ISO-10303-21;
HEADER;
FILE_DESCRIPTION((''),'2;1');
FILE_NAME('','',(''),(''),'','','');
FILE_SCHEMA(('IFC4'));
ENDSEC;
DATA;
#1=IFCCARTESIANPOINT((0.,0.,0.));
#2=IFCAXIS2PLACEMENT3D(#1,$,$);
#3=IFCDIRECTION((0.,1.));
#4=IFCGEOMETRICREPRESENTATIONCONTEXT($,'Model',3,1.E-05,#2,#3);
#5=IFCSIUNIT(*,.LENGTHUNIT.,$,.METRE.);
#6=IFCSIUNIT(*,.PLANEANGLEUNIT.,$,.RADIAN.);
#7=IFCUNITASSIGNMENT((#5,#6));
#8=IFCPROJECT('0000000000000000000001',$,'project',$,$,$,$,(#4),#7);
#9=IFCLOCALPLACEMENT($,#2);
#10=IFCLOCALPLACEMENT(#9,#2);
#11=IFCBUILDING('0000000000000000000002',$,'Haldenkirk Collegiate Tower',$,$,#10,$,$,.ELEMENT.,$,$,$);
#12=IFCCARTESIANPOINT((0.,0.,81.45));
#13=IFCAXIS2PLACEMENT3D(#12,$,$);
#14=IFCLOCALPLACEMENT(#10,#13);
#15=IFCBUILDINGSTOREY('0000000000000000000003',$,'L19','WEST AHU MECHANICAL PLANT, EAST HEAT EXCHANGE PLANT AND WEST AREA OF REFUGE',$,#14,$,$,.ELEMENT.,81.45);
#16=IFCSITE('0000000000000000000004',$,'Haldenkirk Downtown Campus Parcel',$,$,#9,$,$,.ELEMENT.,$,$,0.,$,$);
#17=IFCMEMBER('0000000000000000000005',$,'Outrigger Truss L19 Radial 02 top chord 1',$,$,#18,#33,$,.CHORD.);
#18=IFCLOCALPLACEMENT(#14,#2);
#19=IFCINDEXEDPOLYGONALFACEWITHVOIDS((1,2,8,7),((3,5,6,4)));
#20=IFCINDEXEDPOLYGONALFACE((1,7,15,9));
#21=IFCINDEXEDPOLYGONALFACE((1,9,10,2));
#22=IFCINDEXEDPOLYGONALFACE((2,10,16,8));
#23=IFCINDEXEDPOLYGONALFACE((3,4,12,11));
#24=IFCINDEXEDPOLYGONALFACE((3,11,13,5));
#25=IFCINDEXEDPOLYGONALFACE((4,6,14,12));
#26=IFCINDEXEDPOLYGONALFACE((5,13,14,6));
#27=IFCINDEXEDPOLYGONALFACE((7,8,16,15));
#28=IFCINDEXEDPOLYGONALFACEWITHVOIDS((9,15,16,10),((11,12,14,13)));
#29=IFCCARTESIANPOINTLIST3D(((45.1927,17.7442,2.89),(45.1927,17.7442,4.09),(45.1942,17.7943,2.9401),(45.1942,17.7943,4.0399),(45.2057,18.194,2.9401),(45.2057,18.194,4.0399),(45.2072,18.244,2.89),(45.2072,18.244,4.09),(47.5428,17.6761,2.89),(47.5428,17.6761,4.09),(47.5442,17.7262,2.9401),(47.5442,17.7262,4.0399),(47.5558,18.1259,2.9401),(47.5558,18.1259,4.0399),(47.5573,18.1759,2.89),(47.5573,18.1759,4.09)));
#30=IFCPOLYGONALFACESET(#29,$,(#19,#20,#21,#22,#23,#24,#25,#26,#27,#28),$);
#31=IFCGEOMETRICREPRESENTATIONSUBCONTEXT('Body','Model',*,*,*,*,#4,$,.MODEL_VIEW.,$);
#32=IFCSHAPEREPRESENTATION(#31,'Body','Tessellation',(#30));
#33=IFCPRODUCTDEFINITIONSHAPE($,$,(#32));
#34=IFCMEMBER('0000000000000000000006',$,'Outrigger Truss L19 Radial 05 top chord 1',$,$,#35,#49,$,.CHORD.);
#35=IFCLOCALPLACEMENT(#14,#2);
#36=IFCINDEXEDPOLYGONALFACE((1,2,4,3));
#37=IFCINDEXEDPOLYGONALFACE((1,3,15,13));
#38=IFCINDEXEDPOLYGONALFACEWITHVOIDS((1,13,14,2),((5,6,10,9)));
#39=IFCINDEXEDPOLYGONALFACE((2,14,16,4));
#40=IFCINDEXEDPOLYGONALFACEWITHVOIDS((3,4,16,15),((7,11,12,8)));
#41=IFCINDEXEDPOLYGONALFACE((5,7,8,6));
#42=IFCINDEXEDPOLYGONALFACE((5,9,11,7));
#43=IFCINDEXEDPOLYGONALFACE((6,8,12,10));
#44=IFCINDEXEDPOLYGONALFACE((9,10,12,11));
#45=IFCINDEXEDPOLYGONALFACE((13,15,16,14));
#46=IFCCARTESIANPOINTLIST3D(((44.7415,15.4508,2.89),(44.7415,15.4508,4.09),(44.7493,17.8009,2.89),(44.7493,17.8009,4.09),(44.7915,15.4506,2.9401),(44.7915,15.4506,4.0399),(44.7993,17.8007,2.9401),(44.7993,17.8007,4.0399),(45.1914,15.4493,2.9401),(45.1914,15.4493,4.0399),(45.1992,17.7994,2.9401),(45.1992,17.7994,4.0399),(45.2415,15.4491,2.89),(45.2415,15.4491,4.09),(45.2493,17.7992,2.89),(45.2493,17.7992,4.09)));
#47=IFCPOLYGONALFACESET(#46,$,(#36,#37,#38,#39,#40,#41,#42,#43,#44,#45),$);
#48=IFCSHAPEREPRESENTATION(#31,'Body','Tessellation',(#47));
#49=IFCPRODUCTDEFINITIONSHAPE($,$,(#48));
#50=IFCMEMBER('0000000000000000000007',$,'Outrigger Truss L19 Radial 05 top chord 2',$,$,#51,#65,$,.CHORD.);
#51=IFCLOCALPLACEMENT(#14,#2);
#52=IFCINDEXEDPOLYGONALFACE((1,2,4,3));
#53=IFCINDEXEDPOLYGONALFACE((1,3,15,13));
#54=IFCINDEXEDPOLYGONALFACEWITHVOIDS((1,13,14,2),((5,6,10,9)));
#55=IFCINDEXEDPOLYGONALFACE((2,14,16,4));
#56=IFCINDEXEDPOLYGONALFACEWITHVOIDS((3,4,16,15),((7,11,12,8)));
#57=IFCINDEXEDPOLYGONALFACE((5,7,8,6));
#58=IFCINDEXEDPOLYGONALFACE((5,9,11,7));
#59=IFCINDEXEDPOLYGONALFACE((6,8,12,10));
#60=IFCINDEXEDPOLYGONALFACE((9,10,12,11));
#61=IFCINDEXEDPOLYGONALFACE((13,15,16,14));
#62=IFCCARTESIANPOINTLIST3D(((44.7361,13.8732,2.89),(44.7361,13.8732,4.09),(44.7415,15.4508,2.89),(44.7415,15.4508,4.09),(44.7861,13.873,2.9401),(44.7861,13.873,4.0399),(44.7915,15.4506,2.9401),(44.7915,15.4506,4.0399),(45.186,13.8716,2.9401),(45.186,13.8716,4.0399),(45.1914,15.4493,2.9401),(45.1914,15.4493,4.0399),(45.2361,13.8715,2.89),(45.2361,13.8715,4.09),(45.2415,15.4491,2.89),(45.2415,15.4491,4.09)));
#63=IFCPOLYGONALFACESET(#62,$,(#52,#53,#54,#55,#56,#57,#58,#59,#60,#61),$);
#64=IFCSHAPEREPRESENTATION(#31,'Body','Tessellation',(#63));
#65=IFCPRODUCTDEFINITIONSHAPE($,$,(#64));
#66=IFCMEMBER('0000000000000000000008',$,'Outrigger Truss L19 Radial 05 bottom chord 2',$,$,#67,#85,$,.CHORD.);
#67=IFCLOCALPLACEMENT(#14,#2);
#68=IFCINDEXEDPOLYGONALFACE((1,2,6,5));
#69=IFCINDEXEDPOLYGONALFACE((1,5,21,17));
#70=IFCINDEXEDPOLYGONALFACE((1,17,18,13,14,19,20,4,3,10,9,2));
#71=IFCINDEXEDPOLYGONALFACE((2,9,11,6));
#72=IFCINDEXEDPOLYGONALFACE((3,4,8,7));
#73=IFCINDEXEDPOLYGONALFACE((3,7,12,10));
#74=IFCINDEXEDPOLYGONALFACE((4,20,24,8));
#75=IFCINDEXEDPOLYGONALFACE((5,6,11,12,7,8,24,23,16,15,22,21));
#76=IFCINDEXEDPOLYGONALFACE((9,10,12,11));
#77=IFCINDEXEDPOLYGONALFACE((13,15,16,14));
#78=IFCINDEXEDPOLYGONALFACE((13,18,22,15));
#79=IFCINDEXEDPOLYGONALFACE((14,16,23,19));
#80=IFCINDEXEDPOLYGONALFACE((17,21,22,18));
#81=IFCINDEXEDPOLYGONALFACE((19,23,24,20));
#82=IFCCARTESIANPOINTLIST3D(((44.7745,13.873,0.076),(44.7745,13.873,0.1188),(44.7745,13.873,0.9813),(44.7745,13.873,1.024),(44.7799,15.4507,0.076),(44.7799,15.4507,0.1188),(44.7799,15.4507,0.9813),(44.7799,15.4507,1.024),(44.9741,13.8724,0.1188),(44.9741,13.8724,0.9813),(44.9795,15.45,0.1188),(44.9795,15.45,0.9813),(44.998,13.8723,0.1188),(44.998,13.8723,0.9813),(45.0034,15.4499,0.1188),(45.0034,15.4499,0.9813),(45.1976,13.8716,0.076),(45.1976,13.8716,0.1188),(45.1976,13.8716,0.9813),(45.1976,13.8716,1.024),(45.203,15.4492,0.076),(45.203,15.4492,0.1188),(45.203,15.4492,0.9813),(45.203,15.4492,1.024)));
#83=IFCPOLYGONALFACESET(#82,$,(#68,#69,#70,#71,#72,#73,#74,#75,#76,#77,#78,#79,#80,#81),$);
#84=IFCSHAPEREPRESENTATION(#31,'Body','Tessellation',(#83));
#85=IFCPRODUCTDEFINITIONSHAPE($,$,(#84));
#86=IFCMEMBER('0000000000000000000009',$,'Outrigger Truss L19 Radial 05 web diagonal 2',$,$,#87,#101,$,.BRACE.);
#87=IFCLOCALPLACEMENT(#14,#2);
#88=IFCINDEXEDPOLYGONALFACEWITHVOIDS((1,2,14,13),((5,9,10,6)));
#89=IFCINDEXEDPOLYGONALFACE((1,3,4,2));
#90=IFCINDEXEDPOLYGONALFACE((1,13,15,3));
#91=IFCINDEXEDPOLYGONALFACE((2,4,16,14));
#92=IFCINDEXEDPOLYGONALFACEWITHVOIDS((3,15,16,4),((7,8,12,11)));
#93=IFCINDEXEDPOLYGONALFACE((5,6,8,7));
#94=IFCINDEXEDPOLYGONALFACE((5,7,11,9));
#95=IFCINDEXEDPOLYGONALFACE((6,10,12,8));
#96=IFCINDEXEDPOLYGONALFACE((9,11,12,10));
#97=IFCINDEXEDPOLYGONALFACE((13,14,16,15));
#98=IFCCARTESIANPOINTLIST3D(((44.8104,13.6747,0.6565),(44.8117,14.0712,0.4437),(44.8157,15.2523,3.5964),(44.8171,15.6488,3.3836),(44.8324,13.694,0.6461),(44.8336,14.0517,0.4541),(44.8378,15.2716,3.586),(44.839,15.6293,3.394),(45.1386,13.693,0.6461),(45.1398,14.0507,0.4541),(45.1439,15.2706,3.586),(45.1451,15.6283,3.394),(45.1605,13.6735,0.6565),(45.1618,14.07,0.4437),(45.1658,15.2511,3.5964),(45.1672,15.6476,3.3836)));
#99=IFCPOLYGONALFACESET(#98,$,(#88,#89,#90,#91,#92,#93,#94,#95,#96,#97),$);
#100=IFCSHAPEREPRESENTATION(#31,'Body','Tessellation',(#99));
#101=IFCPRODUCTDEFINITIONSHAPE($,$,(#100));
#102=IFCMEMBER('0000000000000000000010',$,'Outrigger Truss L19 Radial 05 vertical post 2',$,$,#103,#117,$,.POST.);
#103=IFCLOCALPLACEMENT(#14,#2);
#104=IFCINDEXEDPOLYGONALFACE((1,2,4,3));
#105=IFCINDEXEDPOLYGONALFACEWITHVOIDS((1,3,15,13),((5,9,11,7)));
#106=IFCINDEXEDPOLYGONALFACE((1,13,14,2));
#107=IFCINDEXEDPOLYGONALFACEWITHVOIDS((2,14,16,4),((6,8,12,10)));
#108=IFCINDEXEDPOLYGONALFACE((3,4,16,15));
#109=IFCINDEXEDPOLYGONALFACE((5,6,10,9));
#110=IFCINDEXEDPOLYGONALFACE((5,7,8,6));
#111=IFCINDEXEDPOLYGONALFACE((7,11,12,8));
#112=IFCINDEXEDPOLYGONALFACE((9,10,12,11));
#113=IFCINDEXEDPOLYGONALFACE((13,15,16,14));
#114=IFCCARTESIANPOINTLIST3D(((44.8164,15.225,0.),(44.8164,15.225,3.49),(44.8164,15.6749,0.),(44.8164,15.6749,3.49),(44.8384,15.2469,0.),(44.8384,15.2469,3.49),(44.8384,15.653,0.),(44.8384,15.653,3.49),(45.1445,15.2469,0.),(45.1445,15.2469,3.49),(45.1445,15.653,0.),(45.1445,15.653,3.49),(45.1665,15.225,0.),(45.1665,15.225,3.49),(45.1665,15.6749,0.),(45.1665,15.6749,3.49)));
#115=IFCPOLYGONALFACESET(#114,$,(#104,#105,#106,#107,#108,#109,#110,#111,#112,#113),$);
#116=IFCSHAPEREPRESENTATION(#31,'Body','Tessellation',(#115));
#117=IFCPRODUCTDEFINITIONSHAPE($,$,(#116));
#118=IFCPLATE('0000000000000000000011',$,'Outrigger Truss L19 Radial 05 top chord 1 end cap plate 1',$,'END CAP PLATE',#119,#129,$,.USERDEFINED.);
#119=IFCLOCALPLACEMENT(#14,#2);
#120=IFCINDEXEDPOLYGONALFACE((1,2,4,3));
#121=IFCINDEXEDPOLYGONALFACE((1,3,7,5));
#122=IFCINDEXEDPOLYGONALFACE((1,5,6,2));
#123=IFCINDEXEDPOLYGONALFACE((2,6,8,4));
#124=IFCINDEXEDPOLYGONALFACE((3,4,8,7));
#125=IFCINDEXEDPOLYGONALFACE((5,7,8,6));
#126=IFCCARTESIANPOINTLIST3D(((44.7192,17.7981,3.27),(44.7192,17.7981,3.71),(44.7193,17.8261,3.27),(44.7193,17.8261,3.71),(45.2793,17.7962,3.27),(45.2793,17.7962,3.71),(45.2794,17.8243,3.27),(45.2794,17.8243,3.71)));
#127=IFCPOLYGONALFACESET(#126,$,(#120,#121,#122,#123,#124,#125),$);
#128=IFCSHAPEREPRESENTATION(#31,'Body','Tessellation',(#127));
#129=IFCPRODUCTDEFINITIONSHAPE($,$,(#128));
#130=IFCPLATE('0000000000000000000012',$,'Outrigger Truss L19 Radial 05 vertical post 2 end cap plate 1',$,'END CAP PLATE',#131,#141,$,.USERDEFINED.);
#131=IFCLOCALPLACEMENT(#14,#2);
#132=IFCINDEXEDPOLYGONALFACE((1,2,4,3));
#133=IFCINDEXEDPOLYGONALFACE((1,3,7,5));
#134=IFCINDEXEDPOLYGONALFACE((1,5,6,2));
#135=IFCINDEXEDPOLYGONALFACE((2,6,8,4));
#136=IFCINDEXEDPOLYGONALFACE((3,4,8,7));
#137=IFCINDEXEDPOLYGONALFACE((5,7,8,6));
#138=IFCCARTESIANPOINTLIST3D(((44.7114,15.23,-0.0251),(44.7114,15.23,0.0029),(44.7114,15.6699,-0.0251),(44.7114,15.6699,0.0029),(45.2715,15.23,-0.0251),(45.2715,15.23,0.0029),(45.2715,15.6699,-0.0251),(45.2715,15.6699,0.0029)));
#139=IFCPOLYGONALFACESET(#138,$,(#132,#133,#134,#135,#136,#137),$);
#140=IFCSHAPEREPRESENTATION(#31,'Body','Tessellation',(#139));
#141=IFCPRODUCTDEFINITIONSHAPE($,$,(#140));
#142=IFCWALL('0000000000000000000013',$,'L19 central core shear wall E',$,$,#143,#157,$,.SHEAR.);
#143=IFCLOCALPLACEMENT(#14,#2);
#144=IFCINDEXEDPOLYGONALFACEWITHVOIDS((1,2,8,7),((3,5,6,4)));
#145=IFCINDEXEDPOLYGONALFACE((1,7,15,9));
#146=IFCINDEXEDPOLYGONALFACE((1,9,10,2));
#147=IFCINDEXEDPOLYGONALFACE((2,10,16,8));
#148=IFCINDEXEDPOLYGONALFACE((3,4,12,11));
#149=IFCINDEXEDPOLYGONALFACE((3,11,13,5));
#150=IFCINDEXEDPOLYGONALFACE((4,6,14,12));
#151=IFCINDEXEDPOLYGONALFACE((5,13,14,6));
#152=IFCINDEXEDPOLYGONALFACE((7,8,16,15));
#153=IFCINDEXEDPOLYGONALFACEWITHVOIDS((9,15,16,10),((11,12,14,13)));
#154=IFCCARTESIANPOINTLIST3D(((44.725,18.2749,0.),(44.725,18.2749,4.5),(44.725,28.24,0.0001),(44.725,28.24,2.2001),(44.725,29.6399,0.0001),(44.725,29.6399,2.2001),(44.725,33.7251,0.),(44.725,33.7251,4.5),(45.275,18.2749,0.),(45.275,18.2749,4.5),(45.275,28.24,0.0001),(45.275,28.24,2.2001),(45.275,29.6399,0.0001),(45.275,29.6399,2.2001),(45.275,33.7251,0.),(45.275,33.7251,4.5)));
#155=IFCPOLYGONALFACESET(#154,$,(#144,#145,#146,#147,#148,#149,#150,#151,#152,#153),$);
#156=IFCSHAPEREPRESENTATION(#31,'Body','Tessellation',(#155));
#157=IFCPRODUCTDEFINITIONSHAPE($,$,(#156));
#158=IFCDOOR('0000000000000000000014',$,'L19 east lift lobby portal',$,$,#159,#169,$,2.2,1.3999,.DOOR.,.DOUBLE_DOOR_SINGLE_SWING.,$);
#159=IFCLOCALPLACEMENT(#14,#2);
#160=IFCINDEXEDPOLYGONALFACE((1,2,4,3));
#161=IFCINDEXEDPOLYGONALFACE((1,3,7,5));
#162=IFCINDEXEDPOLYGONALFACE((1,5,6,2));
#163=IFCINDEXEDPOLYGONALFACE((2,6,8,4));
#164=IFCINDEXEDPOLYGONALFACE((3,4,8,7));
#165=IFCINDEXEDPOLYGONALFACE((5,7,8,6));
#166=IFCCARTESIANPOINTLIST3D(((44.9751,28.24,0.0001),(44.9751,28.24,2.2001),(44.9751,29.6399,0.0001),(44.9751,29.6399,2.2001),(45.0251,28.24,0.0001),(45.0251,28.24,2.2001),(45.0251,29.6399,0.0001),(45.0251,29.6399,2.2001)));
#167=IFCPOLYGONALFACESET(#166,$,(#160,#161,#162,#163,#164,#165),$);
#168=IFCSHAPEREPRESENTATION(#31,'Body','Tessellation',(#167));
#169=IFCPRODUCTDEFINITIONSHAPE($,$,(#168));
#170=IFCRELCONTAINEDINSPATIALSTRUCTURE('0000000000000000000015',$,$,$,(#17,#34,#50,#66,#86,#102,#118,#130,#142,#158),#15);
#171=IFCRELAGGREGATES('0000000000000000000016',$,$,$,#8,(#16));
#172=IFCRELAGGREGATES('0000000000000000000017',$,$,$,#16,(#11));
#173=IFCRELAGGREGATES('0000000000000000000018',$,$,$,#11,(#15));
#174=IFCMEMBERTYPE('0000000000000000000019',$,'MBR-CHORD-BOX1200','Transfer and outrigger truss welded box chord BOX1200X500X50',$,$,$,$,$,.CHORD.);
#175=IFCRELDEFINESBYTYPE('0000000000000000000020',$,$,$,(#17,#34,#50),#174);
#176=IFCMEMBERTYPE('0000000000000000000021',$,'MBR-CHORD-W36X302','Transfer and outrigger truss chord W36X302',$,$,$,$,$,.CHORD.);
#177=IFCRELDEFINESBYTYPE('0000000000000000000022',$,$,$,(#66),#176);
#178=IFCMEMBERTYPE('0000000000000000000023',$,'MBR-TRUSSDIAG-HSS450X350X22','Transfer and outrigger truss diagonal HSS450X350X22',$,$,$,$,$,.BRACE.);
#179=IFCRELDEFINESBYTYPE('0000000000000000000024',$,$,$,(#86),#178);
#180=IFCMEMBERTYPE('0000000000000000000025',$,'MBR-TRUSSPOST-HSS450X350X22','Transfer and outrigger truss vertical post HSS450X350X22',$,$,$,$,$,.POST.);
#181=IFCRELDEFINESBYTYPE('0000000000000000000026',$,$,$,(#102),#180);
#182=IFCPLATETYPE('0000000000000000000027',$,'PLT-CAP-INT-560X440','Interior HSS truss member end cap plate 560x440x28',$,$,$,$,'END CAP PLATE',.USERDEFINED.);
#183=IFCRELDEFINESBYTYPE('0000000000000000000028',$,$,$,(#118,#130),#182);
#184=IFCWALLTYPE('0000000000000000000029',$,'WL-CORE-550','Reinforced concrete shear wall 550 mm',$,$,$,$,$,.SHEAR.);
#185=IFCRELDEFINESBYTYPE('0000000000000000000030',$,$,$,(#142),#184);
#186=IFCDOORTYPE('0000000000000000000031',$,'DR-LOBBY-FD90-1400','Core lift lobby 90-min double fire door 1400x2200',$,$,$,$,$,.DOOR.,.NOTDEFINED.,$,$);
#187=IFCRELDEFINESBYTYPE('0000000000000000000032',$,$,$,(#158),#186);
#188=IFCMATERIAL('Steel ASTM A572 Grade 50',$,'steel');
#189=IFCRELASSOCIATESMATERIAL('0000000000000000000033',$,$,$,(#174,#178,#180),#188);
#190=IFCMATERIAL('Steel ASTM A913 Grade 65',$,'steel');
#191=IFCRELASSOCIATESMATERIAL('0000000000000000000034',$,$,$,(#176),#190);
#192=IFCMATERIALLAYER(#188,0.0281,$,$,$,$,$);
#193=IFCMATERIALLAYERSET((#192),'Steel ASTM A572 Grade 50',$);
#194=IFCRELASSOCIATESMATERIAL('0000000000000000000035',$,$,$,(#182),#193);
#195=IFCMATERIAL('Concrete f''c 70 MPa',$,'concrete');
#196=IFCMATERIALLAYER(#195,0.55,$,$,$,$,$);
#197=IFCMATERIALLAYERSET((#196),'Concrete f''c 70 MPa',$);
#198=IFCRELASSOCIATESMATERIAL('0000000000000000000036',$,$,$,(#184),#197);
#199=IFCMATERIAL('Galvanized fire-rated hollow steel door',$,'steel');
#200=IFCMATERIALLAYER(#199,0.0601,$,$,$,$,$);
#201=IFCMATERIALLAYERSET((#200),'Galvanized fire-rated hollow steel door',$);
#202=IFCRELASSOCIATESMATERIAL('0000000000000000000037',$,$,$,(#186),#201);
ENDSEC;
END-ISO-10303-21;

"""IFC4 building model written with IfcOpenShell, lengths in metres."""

from ifc_helpers import new_model, si_unit, direction, frame, frame_2d, origin, origin_2d, place, context, subcontext, project, spatial, rectangle, hollow_rectangle, i_section, extrude, source, transform, mapped, material, layer, layer_set, material_profile, profile_set, type_object, element, fill, save


model = new_model("IFC4")

# Units and contexts
model_context = context("Model", 3, precision=1e-05, world=origin(), true_north=direction((0.0, 1.0)))
body_context = subcontext(model_context, "Body", "Model", "MODEL_VIEW")
ifc_project = project(units=[si_unit("LENGTHUNIT", "METRE"), si_unit("PLANEANGLEUNIT", "RADIAN")], contexts=[model_context])

# Site, building, storey
site_placement = place(None, origin())
site = spatial("IfcSite", under=ifc_project, at=site_placement, Name="Haldenkirk Downtown Campus Parcel", CompositionType="ELEMENT", RefElevation=0.0)
building_placement = place(site_placement, origin())
building = spatial("IfcBuilding", under=site, at=building_placement, Name="Haldenkirk Collegiate Tower", CompositionType="ELEMENT")
storey_placement = place(building_placement, frame((0.0, 0.0, 81.45)))
storey = spatial("IfcBuildingStorey", under=building, at=storey_placement, Name="L19", Description="WEST AHU MECHANICAL PLANT, EAST HEAT EXCHANGE PLANT AND WEST AREA OF REFUGE", CompositionType="ELEMENT", Elevation=81.45)

# Members
ifc_material_1 = material(Name="Steel ASTM A572 Grade 50", Category="steel")
ifc_material_profile_1 = material_profile(ifc_material_1, hollow_rectangle(XDim=0.5, YDim=1.2, WallThickness=0.05, at=origin_2d()), Name="BOX1200X500X50")
ifc_profile_set_1 = profile_set([ifc_material_profile_1], Name="Steel ASTM A572 Grade 50")
member_type_1 = type_object("IfcMemberType", Name="MBR-CHORD-BOX1200", Description="Transfer and outrigger truss welded box chord BOX1200X500X50", PredefinedType="CHORD", material=ifc_profile_set_1)
member_1_placement = place(storey_placement, frame((45.2, 17.9941, 3.49), z_axis=(0.99958, -0.028972, 0.0), x_axis=(0.028972, 0.99958, 0.0)))
element("IfcMember", 1, at=member_1_placement, inside=storey, type_object=member_type_1, Name="Outrigger Truss L19 Radial 02 top chord 1", PredefinedType="CHORD", context=body_context, shape_type="SweptSolid", body=[
    extrude(hollow_rectangle(XDim=0.5, YDim=1.2, WallThickness=0.05, at=origin_2d()), origin(), (0.0, 0.0, 1.0), 2.3511),
])
member_2_placement = place(storey_placement, frame((44.9993, 17.8, 3.49), z_axis=(-0.003324, -0.999994, 0.0), x_axis=(0.999994, -0.003324, 0.0)))
element("IfcMember", 2, at=member_2_placement, inside=storey, type_object=member_type_1, Name="Outrigger Truss L19 Radial 05 top chord 1", PredefinedType="CHORD", context=body_context, shape_type="SweptSolid", body=[
    extrude(hollow_rectangle(XDim=0.5, YDim=1.2, WallThickness=0.05, at=origin_2d()), origin(), (0.0, 0.0, 1.0), 2.3501),
])
member_3_placement = place(storey_placement, frame((44.9915, 15.45, 3.49), z_axis=(-0.003404, -0.999994, 0.0), x_axis=(0.999994, -0.003404, 0.0)))
element("IfcMember", 3, at=member_3_placement, inside=storey, type_object=member_type_1, Name="Outrigger Truss L19 Radial 05 top chord 2", PredefinedType="CHORD", context=body_context, shape_type="SweptSolid", body=[
    extrude(hollow_rectangle(XDim=0.5, YDim=1.2, WallThickness=0.05, at=origin_2d()), origin(), (0.0, 0.0, 1.0), 1.5776),
])
ifc_material_2 = material(Name="Steel ASTM A913 Grade 65", Category="steel")
ifc_material_profile_2 = material_profile(ifc_material_2, i_section(OverallWidth=0.4231, OverallDepth=0.948, WebThickness=0.0239, FlangeThickness=0.0427, at=origin_2d()), Name="W36X302")
ifc_profile_set_2 = profile_set([ifc_material_profile_2], Name="Steel ASTM A913 Grade 65")
member_type_2 = type_object("IfcMemberType", Name="MBR-CHORD-W36X302", Description="Transfer and outrigger truss chord W36X302", PredefinedType="CHORD", material=ifc_profile_set_2)
member_4_placement = place(storey_placement, frame((44.9915, 15.45, 0.55), z_axis=(-0.003404, -0.999994, 0.0), x_axis=(0.999994, -0.003404, 0.0)))
element("IfcMember", 4, at=member_4_placement, inside=storey, type_object=member_type_2, Name="Outrigger Truss L19 Radial 05 bottom chord 2", PredefinedType="CHORD", context=body_context, shape_type="SweptSolid", body=[
    extrude(i_section(OverallWidth=0.4231, OverallDepth=0.948, WebThickness=0.0239, FlangeThickness=0.0427, at=origin_2d()), origin(), (0.0, 0.0, 1.0), 1.5776),
])
ifc_material_profile_3 = material_profile(ifc_material_1, hollow_rectangle(XDim=0.3501, YDim=0.45, WallThickness=0.022, at=origin_2d()), Name="HSS450X350X22")
ifc_profile_set_3 = profile_set([ifc_material_profile_3], Name="Steel ASTM A572 Grade 50")
member_type_3 = type_object("IfcMemberType", Name="MBR-TRUSSDIAG-HSS450X350X22", Description="Transfer and outrigger truss diagonal HSS450X350X22", PredefinedType="BRACE", material=ifc_profile_set_3)
member_5_placement = place(storey_placement, frame((44.9915, 15.45, 3.49), z_axis=(-0.00161, -0.472842, -0.881146), x_axis=(0.999994, -0.003404, 0.0)))
element("IfcMember", 5, at=member_5_placement, inside=storey, type_object=member_type_3, Name="Outrigger Truss L19 Radial 05 web diagonal 2", PredefinedType="BRACE", context=body_context, shape_type="SweptSolid", body=[
    extrude(hollow_rectangle(XDim=0.3501, YDim=0.45, WallThickness=0.022, at=origin_2d()), origin(), (0.0, 0.0, 1.0), 3.3364),
])
ifc_material_profile_4 = material_profile(ifc_material_1, hollow_rectangle(XDim=0.3501, YDim=0.45, WallThickness=0.022, at=origin_2d()), Name="HSS450X350X22")
ifc_profile_set_4 = profile_set([ifc_material_profile_4], Name="Steel ASTM A572 Grade 50")
member_type_4 = type_object("IfcMemberType", Name="MBR-TRUSSPOST-HSS450X350X22", Description="Transfer and outrigger truss vertical post HSS450X350X22", PredefinedType="POST", material=ifc_profile_set_4)
member_6_placement = place(storey_placement, frame((44.9915, 15.45, 0.0), z_axis=(0.0, 0.0, 1.0), x_axis=(1.0, 0.0, 0.0)))
element("IfcMember", 6, at=member_6_placement, inside=storey, type_object=member_type_4, Name="Outrigger Truss L19 Radial 05 vertical post 2", PredefinedType="POST", context=body_context, shape_type="SweptSolid", body=[
    extrude(hollow_rectangle(XDim=0.3501, YDim=0.45, WallThickness=0.022, at=origin_2d()), origin(), (0.0, 0.0, 1.0), 3.49),
])

# Plates
ifc_layer_1 = layer(ifc_material_1, 0.0281)
ifc_layer_set_1 = layer_set([ifc_layer_1], Name="Steel ASTM A572 Grade 50")
plate_type = type_object("IfcPlateType", Name="PLT-CAP-INT-560X440", Description="Interior HSS truss member end cap plate 560x440x28", ElementType="END CAP PLATE", PredefinedType="USERDEFINED", material=ifc_layer_set_1)
shared_shape = source(origin(), body_context, "Body", "SweptSolid", [
    extrude(rectangle(XDim=0.5601, YDim=0.4399, at=origin_2d()), origin(), (0.0, 0.0, 1.0), 0.0281),
])
for number, where, z_axis, x_axis, name in (
    (7, (44.9993, 17.7971, 3.49), (0.003362, 0.999994, 0.0), (-0.999994, 0.003362, 0.0), "Outrigger Truss L19 Radial 05 top chord 1 end cap plate 1"),
    (8, (44.9915, 15.45, 0.0029), (0.0, 0.0, -1.0), (1.0, 0.0, 0.0), "Outrigger Truss L19 Radial 05 vertical post 2 end cap plate 1"),
):
    element("IfcPlate", number, at=place(storey_placement, frame(where, z_axis=z_axis, x_axis=x_axis)), inside=storey, type_object=plate_type, Name=name, ObjectType="END CAP PLATE", PredefinedType="USERDEFINED", context=body_context, shape_type="MappedRepresentation", body=[
        mapped(shared_shape, transform((0.0, 0.0, 0.0), x_axis=(1.0, 0.0, 0.0), y_axis=(0.0, 1.0, 0.0), z_axis=(0.0, 0.0, 1.0), scale=1.0)),
    ])

# Wall, opening, door
ifc_material_3 = material(Name="Concrete f'c 70 MPa", Category="concrete")
ifc_layer_2 = layer(ifc_material_3, 0.55)
ifc_layer_set_2 = layer_set([ifc_layer_2], Name="Concrete f'c 70 MPa")
wall_type_1 = type_object("IfcWallType", Name="WL-CORE-550", Description="Reinforced concrete shear wall 550 mm", PredefinedType="SHEAR", material=ifc_layer_set_2)
wall_1_placement = place(storey_placement, frame((45.0, 18.2749, 0.0), z_axis=(0.0, 0.0, 1.0), x_axis=(0.0, 1.0, 0.0)))
wall_1 = element("IfcWall", 9, at=wall_1_placement, inside=storey, type_object=wall_type_1, Name="L19 central core shear wall E", PredefinedType="SHEAR", context=body_context, shape_type="SweptSolid", body=[
    extrude(rectangle(XDim=15.4502, YDim=0.55, at=frame_2d((7.7251, 0.0))), origin(), (0.0, 0.0, 1.0), 4.5),
])
opening_1_placement = place(wall_1_placement, frame((9.9651, 0.0, 0.0)))
opening_1 = element("IfcOpeningElement", 10, at=opening_1_placement, cuts=wall_1, PredefinedType="OPENING", context=body_context, shape_type="SweptSolid", body=[
    extrude(rectangle(XDim=1.3999, YDim=2.2, at=frame_2d((0.7, 1.1001))), frame((0.0, 0.2849, 0.0), z_axis=(0.0, -1.0, 0.0), x_axis=(1.0, 0.0, 0.0)), (0.0, 0.0, 1.0), 0.5701),
])
ifc_material_4 = material(Name="Galvanized fire-rated hollow steel door", Category="steel")
ifc_layer_3 = layer(ifc_material_4, 0.0601)
ifc_layer_set_3 = layer_set([ifc_layer_3], Name="Galvanized fire-rated hollow steel door")
door_type_1 = type_object("IfcDoorType", Name="DR-LOBBY-FD90-1400", Description="Core lift lobby 90-min double fire door 1400x2200", OperationType="NOTDEFINED", PredefinedType="DOOR", material=ifc_layer_set_3)
door_1_placement = place(opening_1_placement, origin())
door_1 = element("IfcDoor", 11, at=door_1_placement, inside=storey, type_object=door_type_1, Name="L19 east lift lobby portal", OperationType="DOUBLE_DOOR_SINGLE_SWING", OverallHeight=2.2, OverallWidth=1.3999, PredefinedType="DOOR", context=body_context, shape_type="SweptSolid", body=[
    extrude(rectangle(XDim=1.3999, YDim=2.2, at=frame_2d((0.7, 1.1001))), frame((0.0, 0.0249, 0.0), z_axis=(0.0, -1.0, 0.0), x_axis=(1.0, 0.0, 0.0)), (0.0, 0.0, 1.0), 0.05),
])
fill(opening_1, door_1)

save(model, "model.ifc")
